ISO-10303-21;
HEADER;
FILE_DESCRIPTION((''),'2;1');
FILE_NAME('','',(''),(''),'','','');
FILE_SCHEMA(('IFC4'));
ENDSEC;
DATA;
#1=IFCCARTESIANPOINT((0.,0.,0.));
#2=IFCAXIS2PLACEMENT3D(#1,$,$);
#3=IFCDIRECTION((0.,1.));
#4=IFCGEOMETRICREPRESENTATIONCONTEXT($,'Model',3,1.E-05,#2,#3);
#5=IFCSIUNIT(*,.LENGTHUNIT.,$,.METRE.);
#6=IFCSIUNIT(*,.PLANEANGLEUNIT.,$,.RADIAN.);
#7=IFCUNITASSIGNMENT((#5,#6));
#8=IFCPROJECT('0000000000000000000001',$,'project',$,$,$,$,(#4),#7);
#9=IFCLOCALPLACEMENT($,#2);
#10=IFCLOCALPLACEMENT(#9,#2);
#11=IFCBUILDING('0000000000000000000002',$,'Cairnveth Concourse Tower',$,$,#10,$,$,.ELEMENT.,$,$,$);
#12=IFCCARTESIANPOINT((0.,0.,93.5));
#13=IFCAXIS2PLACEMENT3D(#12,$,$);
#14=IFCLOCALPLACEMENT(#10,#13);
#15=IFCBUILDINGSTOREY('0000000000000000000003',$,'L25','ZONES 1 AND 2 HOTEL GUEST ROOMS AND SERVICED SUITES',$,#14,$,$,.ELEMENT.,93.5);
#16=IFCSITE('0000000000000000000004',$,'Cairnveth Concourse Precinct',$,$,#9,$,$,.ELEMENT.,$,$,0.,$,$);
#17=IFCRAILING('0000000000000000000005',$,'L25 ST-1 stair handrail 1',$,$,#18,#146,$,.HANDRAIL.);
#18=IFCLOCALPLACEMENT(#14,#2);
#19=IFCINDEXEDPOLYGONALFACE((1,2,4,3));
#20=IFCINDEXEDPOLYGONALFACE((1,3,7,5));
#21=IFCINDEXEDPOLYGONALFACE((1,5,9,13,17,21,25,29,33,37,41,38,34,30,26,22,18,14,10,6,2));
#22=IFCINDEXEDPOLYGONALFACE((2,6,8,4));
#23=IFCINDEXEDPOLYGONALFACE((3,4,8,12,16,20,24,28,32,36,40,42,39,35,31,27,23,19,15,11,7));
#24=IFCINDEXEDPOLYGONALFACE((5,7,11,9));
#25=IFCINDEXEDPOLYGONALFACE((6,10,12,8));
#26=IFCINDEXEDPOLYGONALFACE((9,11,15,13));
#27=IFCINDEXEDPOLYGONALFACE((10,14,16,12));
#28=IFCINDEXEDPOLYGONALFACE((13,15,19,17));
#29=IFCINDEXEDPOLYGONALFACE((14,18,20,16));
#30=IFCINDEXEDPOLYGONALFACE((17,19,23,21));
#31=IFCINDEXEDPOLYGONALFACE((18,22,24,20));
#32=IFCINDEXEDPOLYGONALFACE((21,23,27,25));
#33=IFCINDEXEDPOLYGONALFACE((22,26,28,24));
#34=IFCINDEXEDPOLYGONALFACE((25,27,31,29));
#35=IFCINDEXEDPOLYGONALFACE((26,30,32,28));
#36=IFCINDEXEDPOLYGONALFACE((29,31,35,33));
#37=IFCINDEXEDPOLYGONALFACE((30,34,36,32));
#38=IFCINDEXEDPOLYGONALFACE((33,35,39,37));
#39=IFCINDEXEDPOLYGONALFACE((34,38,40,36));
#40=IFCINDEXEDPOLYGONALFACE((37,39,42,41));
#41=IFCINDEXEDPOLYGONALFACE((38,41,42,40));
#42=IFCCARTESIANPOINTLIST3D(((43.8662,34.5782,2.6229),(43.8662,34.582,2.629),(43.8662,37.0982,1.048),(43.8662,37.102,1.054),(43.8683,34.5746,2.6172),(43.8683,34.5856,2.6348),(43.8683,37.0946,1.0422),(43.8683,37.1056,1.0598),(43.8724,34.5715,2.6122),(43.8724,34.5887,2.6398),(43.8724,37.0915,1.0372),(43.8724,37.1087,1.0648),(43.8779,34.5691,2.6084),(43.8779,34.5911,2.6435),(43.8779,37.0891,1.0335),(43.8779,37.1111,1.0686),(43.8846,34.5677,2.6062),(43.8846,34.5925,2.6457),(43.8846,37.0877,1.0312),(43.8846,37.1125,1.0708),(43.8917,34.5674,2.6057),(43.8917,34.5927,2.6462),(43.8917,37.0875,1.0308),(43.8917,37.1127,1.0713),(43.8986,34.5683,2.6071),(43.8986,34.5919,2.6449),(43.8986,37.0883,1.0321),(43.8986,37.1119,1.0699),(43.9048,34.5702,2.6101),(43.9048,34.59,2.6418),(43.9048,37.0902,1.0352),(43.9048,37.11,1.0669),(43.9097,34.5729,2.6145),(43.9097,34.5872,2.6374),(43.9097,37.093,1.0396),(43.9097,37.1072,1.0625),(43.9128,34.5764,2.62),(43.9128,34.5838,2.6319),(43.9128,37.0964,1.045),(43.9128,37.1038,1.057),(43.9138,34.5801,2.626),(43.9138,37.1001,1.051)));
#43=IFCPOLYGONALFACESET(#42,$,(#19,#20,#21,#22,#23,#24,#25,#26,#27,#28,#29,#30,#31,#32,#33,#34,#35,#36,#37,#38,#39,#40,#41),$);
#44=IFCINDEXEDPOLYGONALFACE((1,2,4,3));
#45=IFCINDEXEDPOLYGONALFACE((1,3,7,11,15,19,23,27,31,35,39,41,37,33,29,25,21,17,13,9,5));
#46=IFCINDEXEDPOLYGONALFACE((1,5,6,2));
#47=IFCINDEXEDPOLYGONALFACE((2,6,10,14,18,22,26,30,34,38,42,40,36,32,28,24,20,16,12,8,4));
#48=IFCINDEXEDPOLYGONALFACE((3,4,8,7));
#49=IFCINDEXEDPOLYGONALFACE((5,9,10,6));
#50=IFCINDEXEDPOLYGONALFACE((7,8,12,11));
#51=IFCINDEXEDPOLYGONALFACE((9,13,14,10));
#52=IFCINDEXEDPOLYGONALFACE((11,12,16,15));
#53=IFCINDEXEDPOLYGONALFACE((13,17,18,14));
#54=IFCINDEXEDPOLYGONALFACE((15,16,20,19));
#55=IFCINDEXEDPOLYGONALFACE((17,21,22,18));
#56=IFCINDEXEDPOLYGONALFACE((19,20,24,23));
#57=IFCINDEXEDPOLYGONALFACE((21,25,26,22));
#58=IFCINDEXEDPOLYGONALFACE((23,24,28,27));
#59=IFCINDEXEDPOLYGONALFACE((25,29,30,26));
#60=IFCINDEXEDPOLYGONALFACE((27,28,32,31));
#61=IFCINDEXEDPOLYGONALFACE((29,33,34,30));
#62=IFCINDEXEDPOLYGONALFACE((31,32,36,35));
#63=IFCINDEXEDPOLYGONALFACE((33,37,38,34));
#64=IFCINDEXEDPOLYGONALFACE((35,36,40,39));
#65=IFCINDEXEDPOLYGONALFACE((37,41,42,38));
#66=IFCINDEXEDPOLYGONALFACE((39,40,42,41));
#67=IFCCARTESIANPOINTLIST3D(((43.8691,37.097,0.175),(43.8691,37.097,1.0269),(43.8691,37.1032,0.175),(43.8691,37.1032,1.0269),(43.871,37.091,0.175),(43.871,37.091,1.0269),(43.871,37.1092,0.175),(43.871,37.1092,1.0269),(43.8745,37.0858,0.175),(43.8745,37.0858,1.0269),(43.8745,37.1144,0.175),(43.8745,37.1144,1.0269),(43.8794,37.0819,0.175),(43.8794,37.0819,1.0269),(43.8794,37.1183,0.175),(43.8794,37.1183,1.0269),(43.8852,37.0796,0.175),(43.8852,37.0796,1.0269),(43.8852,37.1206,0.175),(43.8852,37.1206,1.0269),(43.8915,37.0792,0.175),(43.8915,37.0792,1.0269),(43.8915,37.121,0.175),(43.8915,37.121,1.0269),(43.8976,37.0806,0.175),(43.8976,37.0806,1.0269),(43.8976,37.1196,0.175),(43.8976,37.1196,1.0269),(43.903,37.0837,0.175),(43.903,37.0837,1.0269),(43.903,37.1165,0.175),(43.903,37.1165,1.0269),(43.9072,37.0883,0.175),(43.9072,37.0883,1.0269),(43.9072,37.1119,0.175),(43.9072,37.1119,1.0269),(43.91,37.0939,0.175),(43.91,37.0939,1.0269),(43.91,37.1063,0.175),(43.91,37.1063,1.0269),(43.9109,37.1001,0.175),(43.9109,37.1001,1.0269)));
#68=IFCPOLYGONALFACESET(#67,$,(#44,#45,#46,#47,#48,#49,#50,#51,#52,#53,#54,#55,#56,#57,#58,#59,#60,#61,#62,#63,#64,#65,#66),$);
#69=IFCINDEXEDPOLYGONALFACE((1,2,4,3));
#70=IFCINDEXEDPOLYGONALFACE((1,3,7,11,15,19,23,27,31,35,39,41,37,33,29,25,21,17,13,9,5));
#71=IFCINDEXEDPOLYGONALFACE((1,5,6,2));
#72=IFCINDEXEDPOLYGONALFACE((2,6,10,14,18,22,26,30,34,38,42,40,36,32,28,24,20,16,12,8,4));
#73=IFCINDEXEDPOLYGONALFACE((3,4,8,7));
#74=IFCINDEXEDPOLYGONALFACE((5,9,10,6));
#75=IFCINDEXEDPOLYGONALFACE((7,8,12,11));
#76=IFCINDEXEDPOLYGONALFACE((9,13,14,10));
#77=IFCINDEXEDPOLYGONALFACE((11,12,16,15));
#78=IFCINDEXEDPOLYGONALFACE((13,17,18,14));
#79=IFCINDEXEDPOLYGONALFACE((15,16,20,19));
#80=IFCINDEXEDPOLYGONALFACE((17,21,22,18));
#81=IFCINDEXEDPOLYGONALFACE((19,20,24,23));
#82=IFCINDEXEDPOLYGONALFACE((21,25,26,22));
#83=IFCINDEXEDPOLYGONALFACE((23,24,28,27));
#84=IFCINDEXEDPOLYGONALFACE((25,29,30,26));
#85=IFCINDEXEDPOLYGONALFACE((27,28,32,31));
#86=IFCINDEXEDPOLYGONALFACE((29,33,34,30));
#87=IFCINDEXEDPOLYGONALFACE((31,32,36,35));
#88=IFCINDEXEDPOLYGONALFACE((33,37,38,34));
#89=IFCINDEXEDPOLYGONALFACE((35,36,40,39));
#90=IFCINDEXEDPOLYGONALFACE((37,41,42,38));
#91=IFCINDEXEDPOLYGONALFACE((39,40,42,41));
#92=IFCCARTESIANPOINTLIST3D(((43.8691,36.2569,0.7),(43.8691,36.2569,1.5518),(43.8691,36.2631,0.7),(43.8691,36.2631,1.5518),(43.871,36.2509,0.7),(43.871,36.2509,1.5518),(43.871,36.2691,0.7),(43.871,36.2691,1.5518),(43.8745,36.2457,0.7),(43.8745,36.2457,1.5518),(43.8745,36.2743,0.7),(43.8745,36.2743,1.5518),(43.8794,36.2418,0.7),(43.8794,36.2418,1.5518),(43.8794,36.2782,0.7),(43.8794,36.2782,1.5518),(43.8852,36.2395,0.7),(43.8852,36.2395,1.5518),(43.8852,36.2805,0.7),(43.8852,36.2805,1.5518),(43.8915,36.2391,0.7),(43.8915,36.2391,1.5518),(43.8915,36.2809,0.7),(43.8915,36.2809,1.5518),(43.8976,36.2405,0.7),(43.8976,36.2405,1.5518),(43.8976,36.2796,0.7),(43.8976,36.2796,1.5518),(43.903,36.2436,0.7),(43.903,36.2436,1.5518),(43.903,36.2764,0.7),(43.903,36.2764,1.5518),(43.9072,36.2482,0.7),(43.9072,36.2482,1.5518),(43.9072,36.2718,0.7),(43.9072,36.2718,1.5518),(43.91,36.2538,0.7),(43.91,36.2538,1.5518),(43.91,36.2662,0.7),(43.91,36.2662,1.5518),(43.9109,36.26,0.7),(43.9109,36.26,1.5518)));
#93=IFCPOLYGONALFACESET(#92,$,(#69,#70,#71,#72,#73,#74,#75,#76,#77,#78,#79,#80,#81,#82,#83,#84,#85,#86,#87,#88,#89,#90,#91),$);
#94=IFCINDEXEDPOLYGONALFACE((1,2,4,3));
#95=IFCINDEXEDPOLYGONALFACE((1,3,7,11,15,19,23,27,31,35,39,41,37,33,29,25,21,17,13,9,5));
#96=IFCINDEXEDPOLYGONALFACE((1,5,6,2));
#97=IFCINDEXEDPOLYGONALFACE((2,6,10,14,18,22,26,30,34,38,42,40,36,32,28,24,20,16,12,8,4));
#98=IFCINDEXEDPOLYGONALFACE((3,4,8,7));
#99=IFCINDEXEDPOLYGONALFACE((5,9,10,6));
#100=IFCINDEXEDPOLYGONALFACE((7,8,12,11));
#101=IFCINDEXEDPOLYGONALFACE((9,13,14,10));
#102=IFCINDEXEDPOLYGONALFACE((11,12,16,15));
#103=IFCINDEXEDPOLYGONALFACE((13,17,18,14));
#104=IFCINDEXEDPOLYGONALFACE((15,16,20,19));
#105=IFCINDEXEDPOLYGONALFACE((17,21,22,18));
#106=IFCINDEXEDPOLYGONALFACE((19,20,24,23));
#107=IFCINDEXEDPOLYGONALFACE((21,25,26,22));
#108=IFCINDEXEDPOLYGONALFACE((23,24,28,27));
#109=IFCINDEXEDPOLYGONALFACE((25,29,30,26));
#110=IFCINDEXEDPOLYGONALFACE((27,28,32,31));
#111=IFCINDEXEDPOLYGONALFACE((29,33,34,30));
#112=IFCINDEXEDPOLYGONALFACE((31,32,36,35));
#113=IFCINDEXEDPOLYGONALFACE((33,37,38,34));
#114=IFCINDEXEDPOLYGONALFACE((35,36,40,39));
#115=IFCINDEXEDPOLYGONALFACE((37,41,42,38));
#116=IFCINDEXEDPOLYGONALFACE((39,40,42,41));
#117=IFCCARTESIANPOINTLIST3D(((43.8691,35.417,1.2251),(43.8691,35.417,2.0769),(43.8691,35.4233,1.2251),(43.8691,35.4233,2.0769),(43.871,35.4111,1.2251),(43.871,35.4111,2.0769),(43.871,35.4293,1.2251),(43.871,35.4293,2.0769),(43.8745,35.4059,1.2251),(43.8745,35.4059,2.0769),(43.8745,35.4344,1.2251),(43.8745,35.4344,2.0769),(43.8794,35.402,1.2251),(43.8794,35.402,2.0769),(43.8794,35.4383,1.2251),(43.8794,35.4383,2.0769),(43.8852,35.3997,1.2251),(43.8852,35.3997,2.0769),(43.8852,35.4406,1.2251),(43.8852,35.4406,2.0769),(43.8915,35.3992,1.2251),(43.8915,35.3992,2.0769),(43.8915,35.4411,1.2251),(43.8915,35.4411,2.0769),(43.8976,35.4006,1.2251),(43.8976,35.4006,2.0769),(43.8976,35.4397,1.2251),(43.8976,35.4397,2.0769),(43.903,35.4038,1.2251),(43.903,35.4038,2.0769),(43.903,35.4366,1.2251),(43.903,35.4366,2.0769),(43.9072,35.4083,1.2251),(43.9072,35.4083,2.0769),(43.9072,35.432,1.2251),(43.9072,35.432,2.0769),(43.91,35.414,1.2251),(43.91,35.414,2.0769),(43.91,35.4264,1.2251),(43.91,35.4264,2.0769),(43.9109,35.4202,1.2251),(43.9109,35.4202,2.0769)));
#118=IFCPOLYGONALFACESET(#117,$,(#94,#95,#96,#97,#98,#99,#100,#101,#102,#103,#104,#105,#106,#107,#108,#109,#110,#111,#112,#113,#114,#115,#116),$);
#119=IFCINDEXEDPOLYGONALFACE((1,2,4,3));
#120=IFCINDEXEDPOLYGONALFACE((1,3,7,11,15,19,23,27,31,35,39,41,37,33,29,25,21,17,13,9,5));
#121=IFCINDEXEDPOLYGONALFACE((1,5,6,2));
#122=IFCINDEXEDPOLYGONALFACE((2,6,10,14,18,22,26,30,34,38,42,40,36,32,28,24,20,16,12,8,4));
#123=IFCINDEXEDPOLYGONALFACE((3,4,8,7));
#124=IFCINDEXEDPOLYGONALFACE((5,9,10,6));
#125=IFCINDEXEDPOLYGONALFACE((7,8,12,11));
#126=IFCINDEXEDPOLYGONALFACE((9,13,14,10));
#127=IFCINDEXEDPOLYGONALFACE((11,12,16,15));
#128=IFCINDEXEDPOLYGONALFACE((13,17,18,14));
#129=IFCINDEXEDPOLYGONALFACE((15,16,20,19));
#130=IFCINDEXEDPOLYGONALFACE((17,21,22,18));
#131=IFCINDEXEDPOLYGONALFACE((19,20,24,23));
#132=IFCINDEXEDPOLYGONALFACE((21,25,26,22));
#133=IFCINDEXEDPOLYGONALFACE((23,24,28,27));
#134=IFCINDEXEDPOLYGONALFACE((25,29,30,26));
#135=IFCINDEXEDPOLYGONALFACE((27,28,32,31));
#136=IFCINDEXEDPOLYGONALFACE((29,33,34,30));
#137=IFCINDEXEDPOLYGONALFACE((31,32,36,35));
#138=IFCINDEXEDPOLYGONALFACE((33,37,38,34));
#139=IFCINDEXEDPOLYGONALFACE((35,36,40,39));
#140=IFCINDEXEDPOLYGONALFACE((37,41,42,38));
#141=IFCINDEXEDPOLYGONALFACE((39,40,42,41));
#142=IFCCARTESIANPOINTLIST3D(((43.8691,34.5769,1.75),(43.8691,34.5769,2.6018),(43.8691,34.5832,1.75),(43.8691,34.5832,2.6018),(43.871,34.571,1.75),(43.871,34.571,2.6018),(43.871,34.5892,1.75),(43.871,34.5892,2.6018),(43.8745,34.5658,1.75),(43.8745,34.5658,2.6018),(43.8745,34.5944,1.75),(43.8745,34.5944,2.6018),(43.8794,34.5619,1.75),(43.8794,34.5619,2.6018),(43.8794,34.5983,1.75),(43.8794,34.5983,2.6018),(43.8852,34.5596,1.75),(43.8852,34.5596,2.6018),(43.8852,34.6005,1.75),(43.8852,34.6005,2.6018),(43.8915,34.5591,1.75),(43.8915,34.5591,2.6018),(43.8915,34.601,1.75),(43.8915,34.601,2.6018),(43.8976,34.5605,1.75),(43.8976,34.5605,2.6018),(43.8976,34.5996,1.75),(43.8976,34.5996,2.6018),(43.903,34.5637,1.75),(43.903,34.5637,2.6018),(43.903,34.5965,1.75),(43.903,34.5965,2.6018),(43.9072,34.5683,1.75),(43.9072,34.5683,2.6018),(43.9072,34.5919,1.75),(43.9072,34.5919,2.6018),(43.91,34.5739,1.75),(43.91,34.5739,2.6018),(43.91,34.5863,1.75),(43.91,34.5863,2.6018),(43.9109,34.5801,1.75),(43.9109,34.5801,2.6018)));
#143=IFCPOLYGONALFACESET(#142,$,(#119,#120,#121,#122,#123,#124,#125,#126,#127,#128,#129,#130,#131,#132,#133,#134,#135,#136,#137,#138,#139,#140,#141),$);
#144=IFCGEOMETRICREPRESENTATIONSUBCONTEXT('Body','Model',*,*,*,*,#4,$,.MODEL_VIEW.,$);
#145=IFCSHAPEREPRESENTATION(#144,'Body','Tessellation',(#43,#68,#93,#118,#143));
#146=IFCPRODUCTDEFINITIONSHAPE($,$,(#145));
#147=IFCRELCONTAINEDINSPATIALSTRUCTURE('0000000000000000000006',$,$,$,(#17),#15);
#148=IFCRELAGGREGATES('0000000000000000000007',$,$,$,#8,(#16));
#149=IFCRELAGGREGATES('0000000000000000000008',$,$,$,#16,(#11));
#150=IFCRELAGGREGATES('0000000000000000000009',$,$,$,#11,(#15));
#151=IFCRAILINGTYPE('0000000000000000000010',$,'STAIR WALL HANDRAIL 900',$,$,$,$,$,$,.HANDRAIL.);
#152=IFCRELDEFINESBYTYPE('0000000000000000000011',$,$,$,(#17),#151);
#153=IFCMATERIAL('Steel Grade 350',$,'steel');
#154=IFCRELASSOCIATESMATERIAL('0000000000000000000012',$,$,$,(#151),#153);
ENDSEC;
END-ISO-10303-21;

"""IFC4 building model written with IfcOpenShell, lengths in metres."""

from ifc_helpers import new_model, si_unit, direction, frame, origin, origin_2d, place, context, subcontext, project, spatial, circle, extrude, material, type_object, element, save


model = new_model("IFC4")

# Units and contexts
model_context = context("Model", 3, precision=1e-05, world=origin(), true_north=direction((0.0, 1.0)))
body_context = subcontext(model_context, "Body", "Model", "MODEL_VIEW")
ifc_project = project(units=[si_unit("LENGTHUNIT", "METRE"), si_unit("PLANEANGLEUNIT", "RADIAN")], contexts=[model_context])

# Site, building, storey
site_placement = place(None, origin())
site = spatial("IfcSite", under=ifc_project, at=site_placement, Name="Cairnveth Concourse Precinct", CompositionType="ELEMENT", RefElevation=0.0)
building_placement = place(site_placement, origin())
building = spatial("IfcBuilding", under=site, at=building_placement, Name="Cairnveth Concourse Tower", CompositionType="ELEMENT")
storey_placement = place(building_placement, frame((0.0, 0.0, 93.5)))
storey = spatial("IfcBuildingStorey", under=building, at=storey_placement, Name="L25", Description="ZONES 1 AND 2 HOTEL GUEST ROOMS AND SERVICED SUITES", CompositionType="ELEMENT", Elevation=93.5)

# Railing
ifc_material_1 = material(Name="Steel Grade 350", Category="steel")
railing_type_1 = type_object("IfcRailingType", Name="STAIR WALL HANDRAIL 900", PredefinedType="HANDRAIL", material=ifc_material_1)
railing_1_placement = place(storey_placement, frame((43.8899, 37.1001, 0.175)))
element("IfcRailing", 1, at=railing_1_placement, inside=storey, type_object=railing_type_1, Name="L25 ST-1 stair handrail 1", PredefinedType="HANDRAIL", context=body_context, shape_type="SweptSolid", body=[
    extrude(circle(Radius=0.0239, at=origin_2d()), frame((0.0, 0.0, 0.876), z_axis=(0.0, -0.848008, 0.529984), x_axis=(1.0, 0.0, 0.0)), (0.0, 0.0, 1.0), 2.9717),
    extrude(circle(Radius=0.021, at=origin_2d()), origin(), (0.0, 0.0, 1.0), 0.8518),
    extrude(circle(Radius=0.021, at=origin_2d()), frame((0.0, -0.8401, 0.5249)), (0.0, 0.0, 1.0), 0.8518),
    extrude(circle(Radius=0.021, at=origin_2d()), frame((0.0, -1.6799, 1.05)), (0.0, 0.0, 1.0), 0.8518),
    extrude(circle(Radius=0.021, at=origin_2d()), frame((0.0, -2.52, 1.575)), (0.0, 0.0, 1.0), 0.8518),
])

save(model, "model.ifc")
